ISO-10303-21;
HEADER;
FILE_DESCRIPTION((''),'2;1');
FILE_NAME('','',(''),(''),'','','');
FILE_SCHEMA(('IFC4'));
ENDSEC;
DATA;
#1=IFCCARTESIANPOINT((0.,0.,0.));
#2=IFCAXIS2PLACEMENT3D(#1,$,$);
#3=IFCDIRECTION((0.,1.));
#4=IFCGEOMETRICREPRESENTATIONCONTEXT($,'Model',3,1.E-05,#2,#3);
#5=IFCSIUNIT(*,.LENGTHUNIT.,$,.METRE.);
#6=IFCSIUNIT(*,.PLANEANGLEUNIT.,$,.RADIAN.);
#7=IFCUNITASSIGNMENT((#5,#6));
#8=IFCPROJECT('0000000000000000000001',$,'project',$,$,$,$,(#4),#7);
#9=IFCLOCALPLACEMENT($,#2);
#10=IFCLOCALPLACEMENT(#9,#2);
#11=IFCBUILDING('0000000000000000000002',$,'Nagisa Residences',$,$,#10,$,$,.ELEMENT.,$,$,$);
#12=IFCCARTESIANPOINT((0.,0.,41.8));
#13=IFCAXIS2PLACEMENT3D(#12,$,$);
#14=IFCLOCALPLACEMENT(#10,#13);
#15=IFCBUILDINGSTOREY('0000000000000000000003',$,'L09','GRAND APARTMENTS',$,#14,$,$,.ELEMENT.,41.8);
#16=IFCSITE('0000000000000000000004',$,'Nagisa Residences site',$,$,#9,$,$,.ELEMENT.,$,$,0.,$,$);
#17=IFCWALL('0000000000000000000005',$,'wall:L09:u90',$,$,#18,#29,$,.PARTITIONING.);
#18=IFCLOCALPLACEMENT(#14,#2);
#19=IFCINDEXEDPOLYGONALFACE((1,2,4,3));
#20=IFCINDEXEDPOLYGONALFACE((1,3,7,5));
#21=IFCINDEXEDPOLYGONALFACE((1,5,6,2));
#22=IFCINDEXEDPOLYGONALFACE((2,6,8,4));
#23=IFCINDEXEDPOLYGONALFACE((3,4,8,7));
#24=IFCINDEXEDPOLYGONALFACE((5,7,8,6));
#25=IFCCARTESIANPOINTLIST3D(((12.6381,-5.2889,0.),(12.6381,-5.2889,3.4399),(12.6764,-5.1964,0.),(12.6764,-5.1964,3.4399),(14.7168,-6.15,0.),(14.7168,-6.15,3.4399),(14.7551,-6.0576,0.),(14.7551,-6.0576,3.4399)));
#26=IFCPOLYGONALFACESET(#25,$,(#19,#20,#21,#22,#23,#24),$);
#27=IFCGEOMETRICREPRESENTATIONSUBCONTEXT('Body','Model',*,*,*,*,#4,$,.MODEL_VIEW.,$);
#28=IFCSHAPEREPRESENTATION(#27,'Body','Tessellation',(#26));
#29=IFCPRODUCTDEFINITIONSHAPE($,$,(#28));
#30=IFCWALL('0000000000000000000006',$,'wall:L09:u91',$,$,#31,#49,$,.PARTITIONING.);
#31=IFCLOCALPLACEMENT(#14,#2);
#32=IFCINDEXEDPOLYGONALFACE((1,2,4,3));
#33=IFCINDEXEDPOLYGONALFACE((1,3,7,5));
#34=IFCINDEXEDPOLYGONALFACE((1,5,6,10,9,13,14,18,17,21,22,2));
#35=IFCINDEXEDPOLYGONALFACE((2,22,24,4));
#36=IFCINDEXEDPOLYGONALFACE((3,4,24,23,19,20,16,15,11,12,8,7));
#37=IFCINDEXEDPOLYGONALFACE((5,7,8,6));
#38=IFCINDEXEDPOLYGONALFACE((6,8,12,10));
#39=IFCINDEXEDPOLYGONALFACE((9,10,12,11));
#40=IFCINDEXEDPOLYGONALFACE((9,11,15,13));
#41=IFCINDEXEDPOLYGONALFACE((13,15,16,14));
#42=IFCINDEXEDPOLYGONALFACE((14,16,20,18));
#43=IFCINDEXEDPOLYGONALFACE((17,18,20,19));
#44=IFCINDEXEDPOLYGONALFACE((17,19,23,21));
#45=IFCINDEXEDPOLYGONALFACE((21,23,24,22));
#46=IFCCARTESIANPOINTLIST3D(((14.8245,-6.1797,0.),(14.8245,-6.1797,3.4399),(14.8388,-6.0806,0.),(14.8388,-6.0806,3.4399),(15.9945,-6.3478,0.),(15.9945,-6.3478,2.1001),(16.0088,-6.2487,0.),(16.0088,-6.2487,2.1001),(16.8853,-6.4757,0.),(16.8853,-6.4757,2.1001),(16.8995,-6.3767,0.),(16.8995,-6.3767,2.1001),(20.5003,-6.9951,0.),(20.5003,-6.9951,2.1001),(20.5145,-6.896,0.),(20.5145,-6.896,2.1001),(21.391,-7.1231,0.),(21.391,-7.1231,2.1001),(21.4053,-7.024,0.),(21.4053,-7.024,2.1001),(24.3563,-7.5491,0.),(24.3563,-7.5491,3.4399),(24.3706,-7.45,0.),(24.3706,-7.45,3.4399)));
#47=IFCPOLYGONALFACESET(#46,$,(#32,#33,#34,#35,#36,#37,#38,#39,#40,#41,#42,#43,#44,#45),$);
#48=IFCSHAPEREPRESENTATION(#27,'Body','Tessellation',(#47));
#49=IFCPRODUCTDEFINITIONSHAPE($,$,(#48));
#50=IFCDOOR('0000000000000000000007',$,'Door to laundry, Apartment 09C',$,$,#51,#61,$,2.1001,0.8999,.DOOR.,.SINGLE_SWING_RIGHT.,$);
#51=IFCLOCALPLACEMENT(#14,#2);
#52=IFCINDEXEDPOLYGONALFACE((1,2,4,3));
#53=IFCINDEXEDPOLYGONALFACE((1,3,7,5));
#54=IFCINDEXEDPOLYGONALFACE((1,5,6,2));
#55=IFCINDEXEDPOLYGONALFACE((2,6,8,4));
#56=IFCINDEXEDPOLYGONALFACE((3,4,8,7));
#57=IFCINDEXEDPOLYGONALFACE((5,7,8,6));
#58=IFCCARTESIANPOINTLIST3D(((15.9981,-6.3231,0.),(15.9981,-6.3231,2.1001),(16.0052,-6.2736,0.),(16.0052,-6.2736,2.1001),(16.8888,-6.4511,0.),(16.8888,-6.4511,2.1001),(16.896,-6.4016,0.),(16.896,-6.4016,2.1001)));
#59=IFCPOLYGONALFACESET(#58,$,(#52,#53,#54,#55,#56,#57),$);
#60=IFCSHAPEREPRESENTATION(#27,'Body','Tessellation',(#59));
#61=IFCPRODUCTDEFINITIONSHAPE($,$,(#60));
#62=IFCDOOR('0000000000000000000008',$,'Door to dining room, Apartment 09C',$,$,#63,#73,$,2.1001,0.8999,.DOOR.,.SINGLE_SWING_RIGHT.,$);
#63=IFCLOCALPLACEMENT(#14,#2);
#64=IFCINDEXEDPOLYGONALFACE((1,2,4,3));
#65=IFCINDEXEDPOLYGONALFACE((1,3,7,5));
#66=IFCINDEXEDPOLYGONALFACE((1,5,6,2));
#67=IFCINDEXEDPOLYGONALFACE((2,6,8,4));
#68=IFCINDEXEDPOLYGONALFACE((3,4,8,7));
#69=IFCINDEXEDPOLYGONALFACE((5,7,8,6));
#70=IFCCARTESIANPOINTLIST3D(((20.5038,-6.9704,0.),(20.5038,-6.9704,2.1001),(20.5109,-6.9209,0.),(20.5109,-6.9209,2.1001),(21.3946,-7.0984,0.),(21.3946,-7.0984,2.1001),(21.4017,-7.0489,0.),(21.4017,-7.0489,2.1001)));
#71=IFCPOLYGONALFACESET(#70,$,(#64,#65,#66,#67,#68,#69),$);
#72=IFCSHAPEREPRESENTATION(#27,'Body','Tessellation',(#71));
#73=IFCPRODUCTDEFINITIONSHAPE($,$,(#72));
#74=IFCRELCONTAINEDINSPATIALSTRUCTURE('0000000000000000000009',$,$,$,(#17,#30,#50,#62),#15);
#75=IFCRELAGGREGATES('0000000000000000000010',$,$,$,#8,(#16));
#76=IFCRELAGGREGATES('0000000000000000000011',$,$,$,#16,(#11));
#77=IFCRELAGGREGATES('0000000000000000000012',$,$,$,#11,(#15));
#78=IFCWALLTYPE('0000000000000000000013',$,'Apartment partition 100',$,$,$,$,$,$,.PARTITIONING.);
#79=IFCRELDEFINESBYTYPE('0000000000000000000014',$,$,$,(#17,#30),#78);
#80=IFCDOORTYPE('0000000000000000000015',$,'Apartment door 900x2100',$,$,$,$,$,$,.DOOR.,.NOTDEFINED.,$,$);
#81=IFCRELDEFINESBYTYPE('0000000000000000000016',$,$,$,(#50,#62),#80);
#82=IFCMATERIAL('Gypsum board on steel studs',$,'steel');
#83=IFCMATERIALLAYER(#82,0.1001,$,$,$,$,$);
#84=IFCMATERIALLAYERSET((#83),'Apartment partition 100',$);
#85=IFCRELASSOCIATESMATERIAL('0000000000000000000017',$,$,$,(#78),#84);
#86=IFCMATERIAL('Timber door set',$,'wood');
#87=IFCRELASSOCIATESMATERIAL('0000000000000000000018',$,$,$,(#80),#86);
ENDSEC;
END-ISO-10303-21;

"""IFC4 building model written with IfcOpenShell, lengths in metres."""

from ifc_helpers import new_model, si_unit, direction, frame, frame_2d, origin, place, context, subcontext, project, spatial, rectangle, extrude, material, layer, layer_set, type_object, element, fill, save


model = new_model("IFC4")

# Units and contexts
model_context = context("Model", 3, precision=1e-05, world=origin(), true_north=direction((0.0, 1.0)))
body_context = subcontext(model_context, "Body", "Model", "MODEL_VIEW")
ifc_project = project(units=[si_unit("LENGTHUNIT", "METRE"), si_unit("PLANEANGLEUNIT", "RADIAN")], contexts=[model_context])

# Site, building, storey
site_placement = place(None, origin())
site = spatial("IfcSite", under=ifc_project, at=site_placement, Name="Nagisa Residences site", CompositionType="ELEMENT", RefElevation=0.0)
building_placement = place(site_placement, origin())
building = spatial("IfcBuilding", under=site, at=building_placement, Name="Nagisa Residences", CompositionType="ELEMENT")
storey_placement = place(building_placement, frame((0.0, 0.0, 41.8)))
storey = spatial("IfcBuildingStorey", under=building, at=storey_placement, Name="L09", Description="GRAND APARTMENTS", CompositionType="ELEMENT", Elevation=41.8)

# Shared definitions
ifc_material_1 = material(Name="Gypsum board on steel studs", Category="steel")
ifc_layer_1 = layer(ifc_material_1, 0.1001)
ifc_layer_set_1 = layer_set([ifc_layer_1], Name="Apartment partition 100")
wall_type_1 = type_object("IfcWallType", Name="Apartment partition 100", PredefinedType="PARTITIONING", material=ifc_layer_set_1)

# Shared definitions
ifc_material_2 = material(Name="Timber door set", Category="wood")
door_type_1 = type_object("IfcDoorType", Name="Apartment door 900x2100", OperationType="NOTDEFINED", PredefinedType="DOOR", material=ifc_material_2)

# Wall
wall_1_placement = place(storey_placement, frame((12.6572, -5.2427, 0.0), z_axis=(0.0, 0.0, 1.0), x_axis=(0.923865, -0.382719, 0.0)))
element("IfcWall", 1, at=wall_1_placement, inside=storey, type_object=wall_type_1, Name="wall:L09:u90", PredefinedType="PARTITIONING", context=body_context, shape_type="SweptSolid", body=[
    extrude(rectangle(XDim=2.25, YDim=0.1001, at=frame_2d((1.125, 0.0))), origin(), (0.0, 0.0, 1.0), 3.4399),
])

# Wall, openings, doors
wall_2_placement = place(storey_placement, frame((14.8315, -6.1301, 0.0), z_axis=(0.0, 0.0, 1.0), x_axis=(0.989837, -0.142206, 0.0)))
wall_2 = element("IfcWall", 2, at=wall_2_placement, inside=storey, type_object=wall_type_1, Name="wall:L09:u91", PredefinedType="PARTITIONING", context=body_context, shape_type="SweptSolid", body=[
    extrude(rectangle(XDim=9.6296, YDim=0.1001, at=frame_2d((4.8149, 0.0))), origin(), (0.0, 0.0, 1.0), 3.4399),
])
opening_1_placement = place(wall_2_placement, frame((1.1821, 0.0, 0.0)))
opening_1 = element("IfcOpeningElement", 3, at=opening_1_placement, cuts=wall_2, PredefinedType="OPENING", context=body_context, shape_type="SweptSolid", body=[
    extrude(rectangle(XDim=0.8999, YDim=2.1001, at=frame_2d((0.45, 1.05))), frame((0.0, 0.0601, 0.0), z_axis=(0.0, -1.0, 0.0), x_axis=(1.0, 0.0, 0.0)), (0.0, 0.0, 1.0), 0.1201),
])
opening_2_placement = place(wall_2_placement, frame((5.7341, 0.0, 0.0)))
opening_2 = element("IfcOpeningElement", 4, at=opening_2_placement, cuts=wall_2, PredefinedType="OPENING", context=body_context, shape_type="SweptSolid", body=[
    extrude(rectangle(XDim=0.8999, YDim=2.1001, at=frame_2d((0.45, 1.05))), frame((0.0, 0.0601, 0.0), z_axis=(0.0, -1.0, 0.0), x_axis=(1.0, 0.0, 0.0)), (0.0, 0.0, 1.0), 0.1201),
])
door_1_placement = place(opening_1_placement, origin())
door_1 = element("IfcDoor", 5, at=door_1_placement, inside=storey, type_object=door_type_1, Name="Door to laundry, Apartment 09C", OperationType="SINGLE_SWING_RIGHT", OverallHeight=2.1001, OverallWidth=0.8999, PredefinedType="DOOR", context=body_context, shape_type="SweptSolid", body=[
    extrude(rectangle(XDim=0.8999, YDim=2.1001, at=frame_2d((0.45, 1.05))), frame((0.0, 0.0249, 0.0), z_axis=(0.0, -1.0, 0.0), x_axis=(1.0, 0.0, 0.0)), (0.0, 0.0, 1.0), 0.05),
])
fill(opening_1, door_1)
door_2_placement = place(opening_2_placement, origin())
door_2 = element("IfcDoor", 6, at=door_2_placement, inside=storey, type_object=door_type_1, Name="Door to dining room, Apartment 09C", OperationType="SINGLE_SWING_RIGHT", OverallHeight=2.1001, OverallWidth=0.8999, PredefinedType="DOOR", context=body_context, shape_type="SweptSolid", body=[
    extrude(rectangle(XDim=0.8999, YDim=2.1001, at=frame_2d((0.45, 1.05))), frame((0.0, 0.0249, 0.0), z_axis=(0.0, -1.0, 0.0), x_axis=(1.0, 0.0, 0.0)), (0.0, 0.0, 1.0), 0.05),
])
fill(opening_2, door_2)

save(model, "model.ifc")
